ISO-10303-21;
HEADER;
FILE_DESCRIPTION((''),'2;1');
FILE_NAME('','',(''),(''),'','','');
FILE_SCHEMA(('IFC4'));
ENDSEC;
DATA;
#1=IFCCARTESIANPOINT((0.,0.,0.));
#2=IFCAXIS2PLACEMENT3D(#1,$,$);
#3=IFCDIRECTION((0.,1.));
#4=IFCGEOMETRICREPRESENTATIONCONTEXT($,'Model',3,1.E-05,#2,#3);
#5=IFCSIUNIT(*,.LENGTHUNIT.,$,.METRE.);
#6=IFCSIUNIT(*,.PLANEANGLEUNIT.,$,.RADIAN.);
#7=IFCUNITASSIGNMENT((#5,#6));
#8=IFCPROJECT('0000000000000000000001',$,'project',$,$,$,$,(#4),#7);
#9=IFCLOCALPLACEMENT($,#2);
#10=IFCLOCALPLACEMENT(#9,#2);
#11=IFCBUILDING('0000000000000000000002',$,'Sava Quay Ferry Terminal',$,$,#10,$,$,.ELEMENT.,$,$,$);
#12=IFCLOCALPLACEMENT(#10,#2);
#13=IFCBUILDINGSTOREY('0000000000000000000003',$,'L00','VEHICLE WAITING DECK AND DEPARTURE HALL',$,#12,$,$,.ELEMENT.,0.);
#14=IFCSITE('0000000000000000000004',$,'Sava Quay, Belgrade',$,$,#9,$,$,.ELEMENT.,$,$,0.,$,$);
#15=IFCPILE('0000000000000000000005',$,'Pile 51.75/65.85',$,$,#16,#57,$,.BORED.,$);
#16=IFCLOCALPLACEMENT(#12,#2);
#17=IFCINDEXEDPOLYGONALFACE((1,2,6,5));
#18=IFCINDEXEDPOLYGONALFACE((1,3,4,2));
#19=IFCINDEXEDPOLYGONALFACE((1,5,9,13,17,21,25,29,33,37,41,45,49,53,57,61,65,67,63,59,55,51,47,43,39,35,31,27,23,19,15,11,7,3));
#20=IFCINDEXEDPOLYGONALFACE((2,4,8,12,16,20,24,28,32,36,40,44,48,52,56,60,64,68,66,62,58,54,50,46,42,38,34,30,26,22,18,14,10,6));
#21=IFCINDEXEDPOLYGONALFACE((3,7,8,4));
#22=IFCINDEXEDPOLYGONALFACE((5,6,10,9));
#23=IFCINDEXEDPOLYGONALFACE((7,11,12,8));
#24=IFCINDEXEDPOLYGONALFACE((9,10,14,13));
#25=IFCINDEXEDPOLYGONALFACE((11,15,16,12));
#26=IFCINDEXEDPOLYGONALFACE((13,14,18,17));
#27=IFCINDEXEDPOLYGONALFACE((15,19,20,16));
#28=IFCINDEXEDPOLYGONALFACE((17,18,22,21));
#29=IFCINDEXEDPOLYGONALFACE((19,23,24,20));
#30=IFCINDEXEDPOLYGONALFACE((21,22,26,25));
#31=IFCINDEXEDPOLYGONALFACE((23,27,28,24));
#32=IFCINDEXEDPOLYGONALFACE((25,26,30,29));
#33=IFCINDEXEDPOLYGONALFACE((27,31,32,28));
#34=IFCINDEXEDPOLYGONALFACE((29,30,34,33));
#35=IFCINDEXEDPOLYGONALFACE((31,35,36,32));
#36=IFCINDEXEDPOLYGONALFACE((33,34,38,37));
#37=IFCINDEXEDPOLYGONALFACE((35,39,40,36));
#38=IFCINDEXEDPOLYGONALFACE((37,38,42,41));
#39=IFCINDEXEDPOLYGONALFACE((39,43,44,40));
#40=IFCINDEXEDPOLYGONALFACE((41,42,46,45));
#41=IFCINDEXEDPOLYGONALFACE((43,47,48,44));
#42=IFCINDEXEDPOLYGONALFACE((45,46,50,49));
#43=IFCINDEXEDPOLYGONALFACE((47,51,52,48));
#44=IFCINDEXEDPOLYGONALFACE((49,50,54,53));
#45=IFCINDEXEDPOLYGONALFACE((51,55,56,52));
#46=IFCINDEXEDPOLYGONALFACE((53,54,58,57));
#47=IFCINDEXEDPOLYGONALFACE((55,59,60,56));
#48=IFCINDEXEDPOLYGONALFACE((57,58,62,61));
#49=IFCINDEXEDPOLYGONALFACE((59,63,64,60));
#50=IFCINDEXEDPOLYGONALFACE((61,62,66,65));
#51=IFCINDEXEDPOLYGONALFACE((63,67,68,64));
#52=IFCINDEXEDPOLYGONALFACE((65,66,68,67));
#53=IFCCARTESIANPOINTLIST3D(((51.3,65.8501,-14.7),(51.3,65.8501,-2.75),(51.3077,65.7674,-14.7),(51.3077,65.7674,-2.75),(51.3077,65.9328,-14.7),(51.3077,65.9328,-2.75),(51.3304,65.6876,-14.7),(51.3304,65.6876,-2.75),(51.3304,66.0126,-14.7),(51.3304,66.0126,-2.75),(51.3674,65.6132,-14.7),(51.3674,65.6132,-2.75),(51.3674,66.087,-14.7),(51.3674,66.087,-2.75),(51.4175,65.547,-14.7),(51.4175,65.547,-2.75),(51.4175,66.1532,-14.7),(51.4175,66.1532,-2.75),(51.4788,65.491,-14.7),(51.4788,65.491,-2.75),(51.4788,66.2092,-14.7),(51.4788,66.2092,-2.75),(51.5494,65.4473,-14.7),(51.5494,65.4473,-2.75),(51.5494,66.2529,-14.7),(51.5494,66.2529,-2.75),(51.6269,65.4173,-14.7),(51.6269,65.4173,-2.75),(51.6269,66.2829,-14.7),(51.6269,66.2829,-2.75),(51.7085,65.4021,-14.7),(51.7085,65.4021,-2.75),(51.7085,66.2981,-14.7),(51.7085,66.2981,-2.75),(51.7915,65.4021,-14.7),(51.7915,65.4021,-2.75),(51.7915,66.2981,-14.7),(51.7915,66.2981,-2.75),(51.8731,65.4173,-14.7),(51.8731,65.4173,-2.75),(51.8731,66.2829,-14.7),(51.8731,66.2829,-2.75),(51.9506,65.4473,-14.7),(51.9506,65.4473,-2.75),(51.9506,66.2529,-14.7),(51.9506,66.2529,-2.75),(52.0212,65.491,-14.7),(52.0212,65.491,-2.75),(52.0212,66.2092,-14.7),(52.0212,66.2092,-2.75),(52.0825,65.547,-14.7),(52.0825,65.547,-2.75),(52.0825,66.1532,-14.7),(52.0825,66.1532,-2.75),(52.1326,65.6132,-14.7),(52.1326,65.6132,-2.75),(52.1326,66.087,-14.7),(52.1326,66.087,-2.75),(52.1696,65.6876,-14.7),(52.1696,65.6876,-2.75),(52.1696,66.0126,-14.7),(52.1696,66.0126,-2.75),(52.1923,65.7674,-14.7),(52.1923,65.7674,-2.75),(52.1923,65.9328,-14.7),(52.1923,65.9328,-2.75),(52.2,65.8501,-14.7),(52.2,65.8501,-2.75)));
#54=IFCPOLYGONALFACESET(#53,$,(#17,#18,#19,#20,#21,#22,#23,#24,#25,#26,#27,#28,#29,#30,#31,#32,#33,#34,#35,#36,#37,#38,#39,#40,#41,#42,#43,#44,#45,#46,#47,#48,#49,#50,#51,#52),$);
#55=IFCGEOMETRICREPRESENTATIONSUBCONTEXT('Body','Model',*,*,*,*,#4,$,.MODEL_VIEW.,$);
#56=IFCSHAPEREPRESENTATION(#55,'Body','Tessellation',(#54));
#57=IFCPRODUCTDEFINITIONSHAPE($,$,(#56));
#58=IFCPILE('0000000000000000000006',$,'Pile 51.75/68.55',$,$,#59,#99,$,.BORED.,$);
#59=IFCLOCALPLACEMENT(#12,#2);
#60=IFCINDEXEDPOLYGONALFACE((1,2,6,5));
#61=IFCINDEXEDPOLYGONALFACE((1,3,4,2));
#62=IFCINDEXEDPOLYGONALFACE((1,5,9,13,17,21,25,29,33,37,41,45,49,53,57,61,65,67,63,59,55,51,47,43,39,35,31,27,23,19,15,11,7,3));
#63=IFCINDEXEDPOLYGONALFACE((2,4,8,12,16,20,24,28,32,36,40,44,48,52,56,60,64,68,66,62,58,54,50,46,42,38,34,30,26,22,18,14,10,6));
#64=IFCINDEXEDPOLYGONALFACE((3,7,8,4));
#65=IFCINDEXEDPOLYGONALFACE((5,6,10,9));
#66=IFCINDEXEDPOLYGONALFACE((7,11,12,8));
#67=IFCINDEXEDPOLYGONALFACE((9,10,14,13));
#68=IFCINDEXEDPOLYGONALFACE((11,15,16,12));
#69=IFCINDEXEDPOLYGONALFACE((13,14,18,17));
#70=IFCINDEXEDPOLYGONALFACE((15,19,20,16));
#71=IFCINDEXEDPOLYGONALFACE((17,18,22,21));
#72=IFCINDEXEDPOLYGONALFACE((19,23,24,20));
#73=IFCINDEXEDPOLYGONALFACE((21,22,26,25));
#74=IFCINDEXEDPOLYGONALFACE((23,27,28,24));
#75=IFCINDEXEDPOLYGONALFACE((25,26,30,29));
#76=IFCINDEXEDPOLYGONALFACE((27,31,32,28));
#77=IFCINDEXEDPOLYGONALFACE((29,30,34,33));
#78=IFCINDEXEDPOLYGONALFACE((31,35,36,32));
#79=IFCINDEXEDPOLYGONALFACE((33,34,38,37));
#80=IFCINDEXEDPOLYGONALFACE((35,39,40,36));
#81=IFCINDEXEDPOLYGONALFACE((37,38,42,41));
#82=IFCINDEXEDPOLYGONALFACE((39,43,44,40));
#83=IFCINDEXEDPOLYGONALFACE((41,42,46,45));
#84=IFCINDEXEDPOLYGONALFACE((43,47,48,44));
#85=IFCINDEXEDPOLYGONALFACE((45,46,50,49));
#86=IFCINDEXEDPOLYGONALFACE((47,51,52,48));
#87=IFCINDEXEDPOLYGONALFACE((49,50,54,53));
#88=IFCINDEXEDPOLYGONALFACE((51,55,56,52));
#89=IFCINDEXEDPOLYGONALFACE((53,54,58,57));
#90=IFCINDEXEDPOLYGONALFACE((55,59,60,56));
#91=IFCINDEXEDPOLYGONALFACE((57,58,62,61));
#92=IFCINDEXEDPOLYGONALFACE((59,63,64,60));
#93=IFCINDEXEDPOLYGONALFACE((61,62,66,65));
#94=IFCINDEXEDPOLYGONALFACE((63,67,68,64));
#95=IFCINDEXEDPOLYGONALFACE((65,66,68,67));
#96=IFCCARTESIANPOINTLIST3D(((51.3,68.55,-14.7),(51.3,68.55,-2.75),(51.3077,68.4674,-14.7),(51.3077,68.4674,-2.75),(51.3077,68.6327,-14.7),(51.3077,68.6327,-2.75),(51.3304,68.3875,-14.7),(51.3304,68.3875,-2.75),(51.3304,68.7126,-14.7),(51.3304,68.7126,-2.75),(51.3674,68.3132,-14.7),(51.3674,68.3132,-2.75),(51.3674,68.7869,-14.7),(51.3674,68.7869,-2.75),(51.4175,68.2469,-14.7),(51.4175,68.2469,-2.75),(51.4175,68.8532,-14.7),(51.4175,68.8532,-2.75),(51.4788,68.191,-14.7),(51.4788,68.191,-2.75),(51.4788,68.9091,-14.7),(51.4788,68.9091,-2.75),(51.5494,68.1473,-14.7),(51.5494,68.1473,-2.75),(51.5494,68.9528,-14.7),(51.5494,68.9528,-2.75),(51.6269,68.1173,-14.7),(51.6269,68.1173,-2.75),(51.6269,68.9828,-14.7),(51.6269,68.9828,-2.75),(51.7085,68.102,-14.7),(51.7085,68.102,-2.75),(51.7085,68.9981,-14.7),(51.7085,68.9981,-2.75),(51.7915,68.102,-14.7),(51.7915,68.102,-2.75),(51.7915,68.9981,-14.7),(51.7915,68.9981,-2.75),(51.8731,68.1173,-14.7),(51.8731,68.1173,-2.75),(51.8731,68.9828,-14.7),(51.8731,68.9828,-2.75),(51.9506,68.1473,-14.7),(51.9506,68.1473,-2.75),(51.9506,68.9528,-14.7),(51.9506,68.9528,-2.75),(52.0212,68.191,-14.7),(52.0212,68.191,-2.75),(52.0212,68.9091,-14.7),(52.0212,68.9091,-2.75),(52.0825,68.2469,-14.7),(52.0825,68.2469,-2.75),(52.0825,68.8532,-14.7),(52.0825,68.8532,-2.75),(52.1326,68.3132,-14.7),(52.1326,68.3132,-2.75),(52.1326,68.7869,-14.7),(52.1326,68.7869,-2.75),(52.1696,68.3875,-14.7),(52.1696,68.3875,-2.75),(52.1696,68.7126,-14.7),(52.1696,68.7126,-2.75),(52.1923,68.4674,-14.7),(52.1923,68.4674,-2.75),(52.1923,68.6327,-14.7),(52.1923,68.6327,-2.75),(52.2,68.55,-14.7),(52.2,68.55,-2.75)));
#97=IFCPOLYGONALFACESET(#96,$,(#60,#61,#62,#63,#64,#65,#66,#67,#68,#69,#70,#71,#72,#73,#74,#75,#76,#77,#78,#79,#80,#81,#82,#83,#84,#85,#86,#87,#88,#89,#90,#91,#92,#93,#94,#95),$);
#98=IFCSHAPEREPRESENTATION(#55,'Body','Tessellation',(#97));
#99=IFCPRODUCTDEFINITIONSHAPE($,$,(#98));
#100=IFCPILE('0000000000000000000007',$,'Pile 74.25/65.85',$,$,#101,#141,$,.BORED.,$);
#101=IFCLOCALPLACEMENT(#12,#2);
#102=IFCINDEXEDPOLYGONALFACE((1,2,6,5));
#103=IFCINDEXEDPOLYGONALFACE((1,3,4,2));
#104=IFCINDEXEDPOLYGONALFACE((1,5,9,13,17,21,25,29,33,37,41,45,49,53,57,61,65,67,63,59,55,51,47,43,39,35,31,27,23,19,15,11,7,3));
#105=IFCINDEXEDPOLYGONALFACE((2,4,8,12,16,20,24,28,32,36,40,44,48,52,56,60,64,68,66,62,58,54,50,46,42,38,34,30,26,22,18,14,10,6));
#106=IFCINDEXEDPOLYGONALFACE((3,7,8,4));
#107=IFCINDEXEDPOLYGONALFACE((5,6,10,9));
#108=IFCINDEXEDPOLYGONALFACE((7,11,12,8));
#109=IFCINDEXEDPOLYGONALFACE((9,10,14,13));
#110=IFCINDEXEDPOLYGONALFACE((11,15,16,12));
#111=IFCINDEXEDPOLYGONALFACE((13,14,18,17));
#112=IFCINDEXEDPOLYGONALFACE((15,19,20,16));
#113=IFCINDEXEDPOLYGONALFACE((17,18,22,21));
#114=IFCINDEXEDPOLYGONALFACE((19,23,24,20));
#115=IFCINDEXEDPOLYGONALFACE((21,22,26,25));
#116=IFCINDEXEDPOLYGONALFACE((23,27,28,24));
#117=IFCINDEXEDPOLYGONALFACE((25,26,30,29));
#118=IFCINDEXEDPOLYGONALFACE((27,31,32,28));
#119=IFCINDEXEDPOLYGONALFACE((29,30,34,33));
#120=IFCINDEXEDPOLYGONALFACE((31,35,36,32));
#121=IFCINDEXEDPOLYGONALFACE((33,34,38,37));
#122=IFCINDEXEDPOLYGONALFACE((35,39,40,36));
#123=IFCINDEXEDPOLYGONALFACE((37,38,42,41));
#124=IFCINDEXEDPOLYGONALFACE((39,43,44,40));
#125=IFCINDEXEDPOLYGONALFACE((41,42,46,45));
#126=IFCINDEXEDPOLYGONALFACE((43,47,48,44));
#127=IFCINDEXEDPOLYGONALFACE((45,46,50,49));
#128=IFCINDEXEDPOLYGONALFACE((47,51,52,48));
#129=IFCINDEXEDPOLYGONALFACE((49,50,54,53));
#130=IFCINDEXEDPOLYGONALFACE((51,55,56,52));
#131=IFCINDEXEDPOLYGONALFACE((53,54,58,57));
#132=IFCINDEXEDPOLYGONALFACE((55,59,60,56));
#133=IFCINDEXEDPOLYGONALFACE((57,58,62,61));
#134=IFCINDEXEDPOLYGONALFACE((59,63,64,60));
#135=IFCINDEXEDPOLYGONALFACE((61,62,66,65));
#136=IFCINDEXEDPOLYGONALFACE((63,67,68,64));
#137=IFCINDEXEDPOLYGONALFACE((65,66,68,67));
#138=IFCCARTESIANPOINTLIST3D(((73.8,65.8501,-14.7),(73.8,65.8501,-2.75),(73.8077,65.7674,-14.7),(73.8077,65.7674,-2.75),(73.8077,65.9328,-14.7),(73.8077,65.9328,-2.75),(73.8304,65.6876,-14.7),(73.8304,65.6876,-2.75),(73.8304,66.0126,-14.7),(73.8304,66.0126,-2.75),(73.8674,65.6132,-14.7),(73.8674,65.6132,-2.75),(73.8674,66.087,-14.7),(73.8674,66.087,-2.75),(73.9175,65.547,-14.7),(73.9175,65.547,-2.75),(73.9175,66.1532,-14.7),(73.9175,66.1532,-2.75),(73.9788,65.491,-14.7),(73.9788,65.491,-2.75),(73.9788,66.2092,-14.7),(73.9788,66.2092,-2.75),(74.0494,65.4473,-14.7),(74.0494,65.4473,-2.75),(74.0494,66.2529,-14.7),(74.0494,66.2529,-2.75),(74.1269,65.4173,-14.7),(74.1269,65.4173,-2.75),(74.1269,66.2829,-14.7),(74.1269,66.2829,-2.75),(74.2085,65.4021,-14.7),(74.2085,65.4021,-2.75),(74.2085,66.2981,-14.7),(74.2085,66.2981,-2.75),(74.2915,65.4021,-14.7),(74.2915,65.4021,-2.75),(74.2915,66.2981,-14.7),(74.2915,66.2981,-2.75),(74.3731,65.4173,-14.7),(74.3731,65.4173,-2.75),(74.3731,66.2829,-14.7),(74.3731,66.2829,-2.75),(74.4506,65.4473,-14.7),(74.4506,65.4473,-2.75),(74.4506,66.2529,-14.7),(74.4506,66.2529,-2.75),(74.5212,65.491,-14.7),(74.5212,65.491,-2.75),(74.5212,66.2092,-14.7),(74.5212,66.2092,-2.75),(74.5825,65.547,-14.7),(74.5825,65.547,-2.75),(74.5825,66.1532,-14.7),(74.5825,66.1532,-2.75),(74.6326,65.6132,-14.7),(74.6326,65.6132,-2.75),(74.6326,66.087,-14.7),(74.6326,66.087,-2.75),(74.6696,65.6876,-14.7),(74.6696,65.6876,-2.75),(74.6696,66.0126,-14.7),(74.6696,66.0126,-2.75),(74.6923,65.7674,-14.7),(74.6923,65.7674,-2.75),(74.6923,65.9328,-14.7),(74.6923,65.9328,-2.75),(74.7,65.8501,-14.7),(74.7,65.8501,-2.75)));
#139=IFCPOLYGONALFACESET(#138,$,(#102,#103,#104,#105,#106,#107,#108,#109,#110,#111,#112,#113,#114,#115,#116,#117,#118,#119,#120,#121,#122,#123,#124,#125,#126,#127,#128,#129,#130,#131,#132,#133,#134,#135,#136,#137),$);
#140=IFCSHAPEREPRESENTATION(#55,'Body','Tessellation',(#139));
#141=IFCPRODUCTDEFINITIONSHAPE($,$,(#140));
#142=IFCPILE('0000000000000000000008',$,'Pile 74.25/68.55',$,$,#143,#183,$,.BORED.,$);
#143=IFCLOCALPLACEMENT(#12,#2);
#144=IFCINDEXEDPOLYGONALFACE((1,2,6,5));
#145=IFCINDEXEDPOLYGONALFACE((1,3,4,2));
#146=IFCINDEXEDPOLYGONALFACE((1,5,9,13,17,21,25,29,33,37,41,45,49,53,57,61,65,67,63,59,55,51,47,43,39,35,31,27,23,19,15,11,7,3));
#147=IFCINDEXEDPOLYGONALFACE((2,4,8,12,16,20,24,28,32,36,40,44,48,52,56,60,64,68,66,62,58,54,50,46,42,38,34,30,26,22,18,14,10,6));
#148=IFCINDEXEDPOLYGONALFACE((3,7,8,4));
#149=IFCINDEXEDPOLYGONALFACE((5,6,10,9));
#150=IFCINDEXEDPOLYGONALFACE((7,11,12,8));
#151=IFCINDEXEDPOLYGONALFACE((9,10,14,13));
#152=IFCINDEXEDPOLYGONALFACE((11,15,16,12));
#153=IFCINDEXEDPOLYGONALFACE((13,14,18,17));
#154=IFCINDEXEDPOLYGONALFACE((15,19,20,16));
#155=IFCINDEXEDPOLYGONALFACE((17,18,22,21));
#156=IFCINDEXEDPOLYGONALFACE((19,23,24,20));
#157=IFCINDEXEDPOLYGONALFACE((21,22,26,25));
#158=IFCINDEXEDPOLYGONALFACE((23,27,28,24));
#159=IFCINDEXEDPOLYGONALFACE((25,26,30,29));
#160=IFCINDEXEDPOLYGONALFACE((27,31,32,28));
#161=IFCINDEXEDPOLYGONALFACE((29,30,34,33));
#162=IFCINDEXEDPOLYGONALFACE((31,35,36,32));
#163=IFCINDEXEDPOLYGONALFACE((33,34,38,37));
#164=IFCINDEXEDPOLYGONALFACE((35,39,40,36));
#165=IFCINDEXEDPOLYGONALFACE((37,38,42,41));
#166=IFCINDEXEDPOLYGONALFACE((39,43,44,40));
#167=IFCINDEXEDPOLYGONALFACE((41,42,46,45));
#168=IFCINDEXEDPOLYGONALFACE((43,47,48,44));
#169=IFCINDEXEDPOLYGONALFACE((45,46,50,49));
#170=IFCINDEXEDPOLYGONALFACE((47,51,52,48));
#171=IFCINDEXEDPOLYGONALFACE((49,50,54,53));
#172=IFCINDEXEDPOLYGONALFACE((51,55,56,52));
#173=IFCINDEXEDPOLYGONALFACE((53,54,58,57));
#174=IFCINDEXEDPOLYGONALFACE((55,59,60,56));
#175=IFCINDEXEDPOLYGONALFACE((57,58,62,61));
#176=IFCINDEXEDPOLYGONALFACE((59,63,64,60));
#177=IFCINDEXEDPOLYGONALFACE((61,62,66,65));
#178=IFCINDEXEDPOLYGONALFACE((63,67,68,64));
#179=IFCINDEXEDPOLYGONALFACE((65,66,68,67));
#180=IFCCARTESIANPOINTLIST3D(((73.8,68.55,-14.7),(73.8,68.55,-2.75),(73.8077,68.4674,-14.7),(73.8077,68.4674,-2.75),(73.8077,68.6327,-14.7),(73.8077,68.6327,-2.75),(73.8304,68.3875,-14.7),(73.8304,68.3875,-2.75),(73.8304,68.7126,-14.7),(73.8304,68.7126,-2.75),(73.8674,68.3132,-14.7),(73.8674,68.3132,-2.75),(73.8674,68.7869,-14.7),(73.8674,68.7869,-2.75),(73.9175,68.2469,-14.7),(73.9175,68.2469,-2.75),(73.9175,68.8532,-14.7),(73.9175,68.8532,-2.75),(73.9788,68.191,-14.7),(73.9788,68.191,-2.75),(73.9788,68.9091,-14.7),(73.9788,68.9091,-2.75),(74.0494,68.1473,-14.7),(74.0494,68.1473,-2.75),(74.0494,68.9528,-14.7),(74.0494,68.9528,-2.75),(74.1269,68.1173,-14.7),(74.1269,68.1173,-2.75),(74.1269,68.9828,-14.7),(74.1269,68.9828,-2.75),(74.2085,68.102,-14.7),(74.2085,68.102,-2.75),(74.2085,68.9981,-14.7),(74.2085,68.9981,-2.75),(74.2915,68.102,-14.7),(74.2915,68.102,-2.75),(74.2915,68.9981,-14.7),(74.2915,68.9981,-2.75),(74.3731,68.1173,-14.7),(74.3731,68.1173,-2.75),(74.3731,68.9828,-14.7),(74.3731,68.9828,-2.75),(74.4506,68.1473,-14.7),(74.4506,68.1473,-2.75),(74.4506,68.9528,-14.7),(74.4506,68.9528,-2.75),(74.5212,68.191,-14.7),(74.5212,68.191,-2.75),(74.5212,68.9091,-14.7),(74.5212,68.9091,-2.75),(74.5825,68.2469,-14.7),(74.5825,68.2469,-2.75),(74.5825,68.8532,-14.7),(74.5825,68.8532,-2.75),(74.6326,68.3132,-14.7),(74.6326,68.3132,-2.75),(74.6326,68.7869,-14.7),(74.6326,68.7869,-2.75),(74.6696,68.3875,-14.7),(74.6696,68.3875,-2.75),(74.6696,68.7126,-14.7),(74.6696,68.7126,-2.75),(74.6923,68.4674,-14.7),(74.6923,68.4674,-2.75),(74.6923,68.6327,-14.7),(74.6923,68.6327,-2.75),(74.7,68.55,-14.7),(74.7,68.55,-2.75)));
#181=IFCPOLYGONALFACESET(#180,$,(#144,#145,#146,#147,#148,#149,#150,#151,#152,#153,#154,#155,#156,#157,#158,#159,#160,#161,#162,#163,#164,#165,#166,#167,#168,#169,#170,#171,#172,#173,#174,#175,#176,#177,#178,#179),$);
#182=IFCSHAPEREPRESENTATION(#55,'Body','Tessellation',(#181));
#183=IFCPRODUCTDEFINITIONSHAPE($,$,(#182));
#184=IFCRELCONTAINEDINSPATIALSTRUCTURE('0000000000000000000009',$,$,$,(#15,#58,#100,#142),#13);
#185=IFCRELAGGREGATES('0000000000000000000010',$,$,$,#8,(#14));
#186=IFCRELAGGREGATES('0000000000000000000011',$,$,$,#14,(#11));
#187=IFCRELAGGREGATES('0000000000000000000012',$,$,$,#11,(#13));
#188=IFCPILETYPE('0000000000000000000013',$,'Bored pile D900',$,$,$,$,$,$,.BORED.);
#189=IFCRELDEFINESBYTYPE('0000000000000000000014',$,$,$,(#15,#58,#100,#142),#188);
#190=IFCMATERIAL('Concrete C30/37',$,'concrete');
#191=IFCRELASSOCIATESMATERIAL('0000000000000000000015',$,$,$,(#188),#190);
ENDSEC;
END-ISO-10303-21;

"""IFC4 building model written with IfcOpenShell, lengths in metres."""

from ifc_helpers import new_model, si_unit, direction, frame, origin, origin_2d, place, context, subcontext, project, spatial, circle, extrude, material, material_profile, profile_set, type_object, element, save


model = new_model("IFC4")

# Units and contexts
model_context = context("Model", 3, precision=1e-05, world=origin(), true_north=direction((0.0, 1.0)))
body_context = subcontext(model_context, "Body", "Model", "MODEL_VIEW")
ifc_project = project(units=[si_unit("LENGTHUNIT", "METRE"), si_unit("PLANEANGLEUNIT", "RADIAN")], contexts=[model_context])

# Site, building, storey
site_placement = place(None, origin())
site = spatial("IfcSite", under=ifc_project, at=site_placement, Name="Sava Quay, Belgrade", CompositionType="ELEMENT", RefElevation=0.0)
building_placement = place(site_placement, origin())
building = spatial("IfcBuilding", under=site, at=building_placement, Name="Sava Quay Ferry Terminal", CompositionType="ELEMENT")
storey_placement = place(building_placement, origin())
storey = spatial("IfcBuildingStorey", under=building, at=storey_placement, Name="L00", Description="VEHICLE WAITING DECK AND DEPARTURE HALL", CompositionType="ELEMENT", Elevation=0.0)

# Piles
ifc_material_1 = material(Name="Concrete C30/37", Category="concrete")
ifc_material_profile_1 = material_profile(ifc_material_1, circle(Radius=0.45, at=origin_2d()), Name="Bored pile D900")
ifc_profile_set_1 = profile_set([ifc_material_profile_1], Name="Concrete C30/37")
pile_type = type_object("IfcPileType", Name="Bored pile D900", PredefinedType="BORED", material=ifc_profile_set_1)
for number, where, z_axis, x_axis, name in (
    (1, (51.75, 65.8501, -2.75), (0.0, 0.0, -1.0), (1.0, 0.0, 0.0), "Pile 51.75/65.85"),
    (2, (51.75, 68.55, -2.75), (0.0, 0.0, -1.0), (1.0, 0.0, 0.0), "Pile 51.75/68.55"),
    (3, (74.25, 65.8501, -2.75), (0.0, 0.0, -1.0), (1.0, 0.0, 0.0), "Pile 74.25/65.85"),
    (4, (74.25, 68.55, -2.75), (0.0, 0.0, -1.0), (1.0, 0.0, 0.0), "Pile 74.25/68.55"),
):
    element("IfcPile", number, at=place(storey_placement, frame(where, z_axis=z_axis, x_axis=x_axis)), inside=storey, type_object=pile_type, Name=name, PredefinedType="BORED", context=body_context, shape_type="SweptSolid", body=[
        extrude(circle(Radius=0.45, at=origin_2d()), origin(), (0.0, 0.0, 1.0), 11.95),
    ])

save(model, "model.ifc")
